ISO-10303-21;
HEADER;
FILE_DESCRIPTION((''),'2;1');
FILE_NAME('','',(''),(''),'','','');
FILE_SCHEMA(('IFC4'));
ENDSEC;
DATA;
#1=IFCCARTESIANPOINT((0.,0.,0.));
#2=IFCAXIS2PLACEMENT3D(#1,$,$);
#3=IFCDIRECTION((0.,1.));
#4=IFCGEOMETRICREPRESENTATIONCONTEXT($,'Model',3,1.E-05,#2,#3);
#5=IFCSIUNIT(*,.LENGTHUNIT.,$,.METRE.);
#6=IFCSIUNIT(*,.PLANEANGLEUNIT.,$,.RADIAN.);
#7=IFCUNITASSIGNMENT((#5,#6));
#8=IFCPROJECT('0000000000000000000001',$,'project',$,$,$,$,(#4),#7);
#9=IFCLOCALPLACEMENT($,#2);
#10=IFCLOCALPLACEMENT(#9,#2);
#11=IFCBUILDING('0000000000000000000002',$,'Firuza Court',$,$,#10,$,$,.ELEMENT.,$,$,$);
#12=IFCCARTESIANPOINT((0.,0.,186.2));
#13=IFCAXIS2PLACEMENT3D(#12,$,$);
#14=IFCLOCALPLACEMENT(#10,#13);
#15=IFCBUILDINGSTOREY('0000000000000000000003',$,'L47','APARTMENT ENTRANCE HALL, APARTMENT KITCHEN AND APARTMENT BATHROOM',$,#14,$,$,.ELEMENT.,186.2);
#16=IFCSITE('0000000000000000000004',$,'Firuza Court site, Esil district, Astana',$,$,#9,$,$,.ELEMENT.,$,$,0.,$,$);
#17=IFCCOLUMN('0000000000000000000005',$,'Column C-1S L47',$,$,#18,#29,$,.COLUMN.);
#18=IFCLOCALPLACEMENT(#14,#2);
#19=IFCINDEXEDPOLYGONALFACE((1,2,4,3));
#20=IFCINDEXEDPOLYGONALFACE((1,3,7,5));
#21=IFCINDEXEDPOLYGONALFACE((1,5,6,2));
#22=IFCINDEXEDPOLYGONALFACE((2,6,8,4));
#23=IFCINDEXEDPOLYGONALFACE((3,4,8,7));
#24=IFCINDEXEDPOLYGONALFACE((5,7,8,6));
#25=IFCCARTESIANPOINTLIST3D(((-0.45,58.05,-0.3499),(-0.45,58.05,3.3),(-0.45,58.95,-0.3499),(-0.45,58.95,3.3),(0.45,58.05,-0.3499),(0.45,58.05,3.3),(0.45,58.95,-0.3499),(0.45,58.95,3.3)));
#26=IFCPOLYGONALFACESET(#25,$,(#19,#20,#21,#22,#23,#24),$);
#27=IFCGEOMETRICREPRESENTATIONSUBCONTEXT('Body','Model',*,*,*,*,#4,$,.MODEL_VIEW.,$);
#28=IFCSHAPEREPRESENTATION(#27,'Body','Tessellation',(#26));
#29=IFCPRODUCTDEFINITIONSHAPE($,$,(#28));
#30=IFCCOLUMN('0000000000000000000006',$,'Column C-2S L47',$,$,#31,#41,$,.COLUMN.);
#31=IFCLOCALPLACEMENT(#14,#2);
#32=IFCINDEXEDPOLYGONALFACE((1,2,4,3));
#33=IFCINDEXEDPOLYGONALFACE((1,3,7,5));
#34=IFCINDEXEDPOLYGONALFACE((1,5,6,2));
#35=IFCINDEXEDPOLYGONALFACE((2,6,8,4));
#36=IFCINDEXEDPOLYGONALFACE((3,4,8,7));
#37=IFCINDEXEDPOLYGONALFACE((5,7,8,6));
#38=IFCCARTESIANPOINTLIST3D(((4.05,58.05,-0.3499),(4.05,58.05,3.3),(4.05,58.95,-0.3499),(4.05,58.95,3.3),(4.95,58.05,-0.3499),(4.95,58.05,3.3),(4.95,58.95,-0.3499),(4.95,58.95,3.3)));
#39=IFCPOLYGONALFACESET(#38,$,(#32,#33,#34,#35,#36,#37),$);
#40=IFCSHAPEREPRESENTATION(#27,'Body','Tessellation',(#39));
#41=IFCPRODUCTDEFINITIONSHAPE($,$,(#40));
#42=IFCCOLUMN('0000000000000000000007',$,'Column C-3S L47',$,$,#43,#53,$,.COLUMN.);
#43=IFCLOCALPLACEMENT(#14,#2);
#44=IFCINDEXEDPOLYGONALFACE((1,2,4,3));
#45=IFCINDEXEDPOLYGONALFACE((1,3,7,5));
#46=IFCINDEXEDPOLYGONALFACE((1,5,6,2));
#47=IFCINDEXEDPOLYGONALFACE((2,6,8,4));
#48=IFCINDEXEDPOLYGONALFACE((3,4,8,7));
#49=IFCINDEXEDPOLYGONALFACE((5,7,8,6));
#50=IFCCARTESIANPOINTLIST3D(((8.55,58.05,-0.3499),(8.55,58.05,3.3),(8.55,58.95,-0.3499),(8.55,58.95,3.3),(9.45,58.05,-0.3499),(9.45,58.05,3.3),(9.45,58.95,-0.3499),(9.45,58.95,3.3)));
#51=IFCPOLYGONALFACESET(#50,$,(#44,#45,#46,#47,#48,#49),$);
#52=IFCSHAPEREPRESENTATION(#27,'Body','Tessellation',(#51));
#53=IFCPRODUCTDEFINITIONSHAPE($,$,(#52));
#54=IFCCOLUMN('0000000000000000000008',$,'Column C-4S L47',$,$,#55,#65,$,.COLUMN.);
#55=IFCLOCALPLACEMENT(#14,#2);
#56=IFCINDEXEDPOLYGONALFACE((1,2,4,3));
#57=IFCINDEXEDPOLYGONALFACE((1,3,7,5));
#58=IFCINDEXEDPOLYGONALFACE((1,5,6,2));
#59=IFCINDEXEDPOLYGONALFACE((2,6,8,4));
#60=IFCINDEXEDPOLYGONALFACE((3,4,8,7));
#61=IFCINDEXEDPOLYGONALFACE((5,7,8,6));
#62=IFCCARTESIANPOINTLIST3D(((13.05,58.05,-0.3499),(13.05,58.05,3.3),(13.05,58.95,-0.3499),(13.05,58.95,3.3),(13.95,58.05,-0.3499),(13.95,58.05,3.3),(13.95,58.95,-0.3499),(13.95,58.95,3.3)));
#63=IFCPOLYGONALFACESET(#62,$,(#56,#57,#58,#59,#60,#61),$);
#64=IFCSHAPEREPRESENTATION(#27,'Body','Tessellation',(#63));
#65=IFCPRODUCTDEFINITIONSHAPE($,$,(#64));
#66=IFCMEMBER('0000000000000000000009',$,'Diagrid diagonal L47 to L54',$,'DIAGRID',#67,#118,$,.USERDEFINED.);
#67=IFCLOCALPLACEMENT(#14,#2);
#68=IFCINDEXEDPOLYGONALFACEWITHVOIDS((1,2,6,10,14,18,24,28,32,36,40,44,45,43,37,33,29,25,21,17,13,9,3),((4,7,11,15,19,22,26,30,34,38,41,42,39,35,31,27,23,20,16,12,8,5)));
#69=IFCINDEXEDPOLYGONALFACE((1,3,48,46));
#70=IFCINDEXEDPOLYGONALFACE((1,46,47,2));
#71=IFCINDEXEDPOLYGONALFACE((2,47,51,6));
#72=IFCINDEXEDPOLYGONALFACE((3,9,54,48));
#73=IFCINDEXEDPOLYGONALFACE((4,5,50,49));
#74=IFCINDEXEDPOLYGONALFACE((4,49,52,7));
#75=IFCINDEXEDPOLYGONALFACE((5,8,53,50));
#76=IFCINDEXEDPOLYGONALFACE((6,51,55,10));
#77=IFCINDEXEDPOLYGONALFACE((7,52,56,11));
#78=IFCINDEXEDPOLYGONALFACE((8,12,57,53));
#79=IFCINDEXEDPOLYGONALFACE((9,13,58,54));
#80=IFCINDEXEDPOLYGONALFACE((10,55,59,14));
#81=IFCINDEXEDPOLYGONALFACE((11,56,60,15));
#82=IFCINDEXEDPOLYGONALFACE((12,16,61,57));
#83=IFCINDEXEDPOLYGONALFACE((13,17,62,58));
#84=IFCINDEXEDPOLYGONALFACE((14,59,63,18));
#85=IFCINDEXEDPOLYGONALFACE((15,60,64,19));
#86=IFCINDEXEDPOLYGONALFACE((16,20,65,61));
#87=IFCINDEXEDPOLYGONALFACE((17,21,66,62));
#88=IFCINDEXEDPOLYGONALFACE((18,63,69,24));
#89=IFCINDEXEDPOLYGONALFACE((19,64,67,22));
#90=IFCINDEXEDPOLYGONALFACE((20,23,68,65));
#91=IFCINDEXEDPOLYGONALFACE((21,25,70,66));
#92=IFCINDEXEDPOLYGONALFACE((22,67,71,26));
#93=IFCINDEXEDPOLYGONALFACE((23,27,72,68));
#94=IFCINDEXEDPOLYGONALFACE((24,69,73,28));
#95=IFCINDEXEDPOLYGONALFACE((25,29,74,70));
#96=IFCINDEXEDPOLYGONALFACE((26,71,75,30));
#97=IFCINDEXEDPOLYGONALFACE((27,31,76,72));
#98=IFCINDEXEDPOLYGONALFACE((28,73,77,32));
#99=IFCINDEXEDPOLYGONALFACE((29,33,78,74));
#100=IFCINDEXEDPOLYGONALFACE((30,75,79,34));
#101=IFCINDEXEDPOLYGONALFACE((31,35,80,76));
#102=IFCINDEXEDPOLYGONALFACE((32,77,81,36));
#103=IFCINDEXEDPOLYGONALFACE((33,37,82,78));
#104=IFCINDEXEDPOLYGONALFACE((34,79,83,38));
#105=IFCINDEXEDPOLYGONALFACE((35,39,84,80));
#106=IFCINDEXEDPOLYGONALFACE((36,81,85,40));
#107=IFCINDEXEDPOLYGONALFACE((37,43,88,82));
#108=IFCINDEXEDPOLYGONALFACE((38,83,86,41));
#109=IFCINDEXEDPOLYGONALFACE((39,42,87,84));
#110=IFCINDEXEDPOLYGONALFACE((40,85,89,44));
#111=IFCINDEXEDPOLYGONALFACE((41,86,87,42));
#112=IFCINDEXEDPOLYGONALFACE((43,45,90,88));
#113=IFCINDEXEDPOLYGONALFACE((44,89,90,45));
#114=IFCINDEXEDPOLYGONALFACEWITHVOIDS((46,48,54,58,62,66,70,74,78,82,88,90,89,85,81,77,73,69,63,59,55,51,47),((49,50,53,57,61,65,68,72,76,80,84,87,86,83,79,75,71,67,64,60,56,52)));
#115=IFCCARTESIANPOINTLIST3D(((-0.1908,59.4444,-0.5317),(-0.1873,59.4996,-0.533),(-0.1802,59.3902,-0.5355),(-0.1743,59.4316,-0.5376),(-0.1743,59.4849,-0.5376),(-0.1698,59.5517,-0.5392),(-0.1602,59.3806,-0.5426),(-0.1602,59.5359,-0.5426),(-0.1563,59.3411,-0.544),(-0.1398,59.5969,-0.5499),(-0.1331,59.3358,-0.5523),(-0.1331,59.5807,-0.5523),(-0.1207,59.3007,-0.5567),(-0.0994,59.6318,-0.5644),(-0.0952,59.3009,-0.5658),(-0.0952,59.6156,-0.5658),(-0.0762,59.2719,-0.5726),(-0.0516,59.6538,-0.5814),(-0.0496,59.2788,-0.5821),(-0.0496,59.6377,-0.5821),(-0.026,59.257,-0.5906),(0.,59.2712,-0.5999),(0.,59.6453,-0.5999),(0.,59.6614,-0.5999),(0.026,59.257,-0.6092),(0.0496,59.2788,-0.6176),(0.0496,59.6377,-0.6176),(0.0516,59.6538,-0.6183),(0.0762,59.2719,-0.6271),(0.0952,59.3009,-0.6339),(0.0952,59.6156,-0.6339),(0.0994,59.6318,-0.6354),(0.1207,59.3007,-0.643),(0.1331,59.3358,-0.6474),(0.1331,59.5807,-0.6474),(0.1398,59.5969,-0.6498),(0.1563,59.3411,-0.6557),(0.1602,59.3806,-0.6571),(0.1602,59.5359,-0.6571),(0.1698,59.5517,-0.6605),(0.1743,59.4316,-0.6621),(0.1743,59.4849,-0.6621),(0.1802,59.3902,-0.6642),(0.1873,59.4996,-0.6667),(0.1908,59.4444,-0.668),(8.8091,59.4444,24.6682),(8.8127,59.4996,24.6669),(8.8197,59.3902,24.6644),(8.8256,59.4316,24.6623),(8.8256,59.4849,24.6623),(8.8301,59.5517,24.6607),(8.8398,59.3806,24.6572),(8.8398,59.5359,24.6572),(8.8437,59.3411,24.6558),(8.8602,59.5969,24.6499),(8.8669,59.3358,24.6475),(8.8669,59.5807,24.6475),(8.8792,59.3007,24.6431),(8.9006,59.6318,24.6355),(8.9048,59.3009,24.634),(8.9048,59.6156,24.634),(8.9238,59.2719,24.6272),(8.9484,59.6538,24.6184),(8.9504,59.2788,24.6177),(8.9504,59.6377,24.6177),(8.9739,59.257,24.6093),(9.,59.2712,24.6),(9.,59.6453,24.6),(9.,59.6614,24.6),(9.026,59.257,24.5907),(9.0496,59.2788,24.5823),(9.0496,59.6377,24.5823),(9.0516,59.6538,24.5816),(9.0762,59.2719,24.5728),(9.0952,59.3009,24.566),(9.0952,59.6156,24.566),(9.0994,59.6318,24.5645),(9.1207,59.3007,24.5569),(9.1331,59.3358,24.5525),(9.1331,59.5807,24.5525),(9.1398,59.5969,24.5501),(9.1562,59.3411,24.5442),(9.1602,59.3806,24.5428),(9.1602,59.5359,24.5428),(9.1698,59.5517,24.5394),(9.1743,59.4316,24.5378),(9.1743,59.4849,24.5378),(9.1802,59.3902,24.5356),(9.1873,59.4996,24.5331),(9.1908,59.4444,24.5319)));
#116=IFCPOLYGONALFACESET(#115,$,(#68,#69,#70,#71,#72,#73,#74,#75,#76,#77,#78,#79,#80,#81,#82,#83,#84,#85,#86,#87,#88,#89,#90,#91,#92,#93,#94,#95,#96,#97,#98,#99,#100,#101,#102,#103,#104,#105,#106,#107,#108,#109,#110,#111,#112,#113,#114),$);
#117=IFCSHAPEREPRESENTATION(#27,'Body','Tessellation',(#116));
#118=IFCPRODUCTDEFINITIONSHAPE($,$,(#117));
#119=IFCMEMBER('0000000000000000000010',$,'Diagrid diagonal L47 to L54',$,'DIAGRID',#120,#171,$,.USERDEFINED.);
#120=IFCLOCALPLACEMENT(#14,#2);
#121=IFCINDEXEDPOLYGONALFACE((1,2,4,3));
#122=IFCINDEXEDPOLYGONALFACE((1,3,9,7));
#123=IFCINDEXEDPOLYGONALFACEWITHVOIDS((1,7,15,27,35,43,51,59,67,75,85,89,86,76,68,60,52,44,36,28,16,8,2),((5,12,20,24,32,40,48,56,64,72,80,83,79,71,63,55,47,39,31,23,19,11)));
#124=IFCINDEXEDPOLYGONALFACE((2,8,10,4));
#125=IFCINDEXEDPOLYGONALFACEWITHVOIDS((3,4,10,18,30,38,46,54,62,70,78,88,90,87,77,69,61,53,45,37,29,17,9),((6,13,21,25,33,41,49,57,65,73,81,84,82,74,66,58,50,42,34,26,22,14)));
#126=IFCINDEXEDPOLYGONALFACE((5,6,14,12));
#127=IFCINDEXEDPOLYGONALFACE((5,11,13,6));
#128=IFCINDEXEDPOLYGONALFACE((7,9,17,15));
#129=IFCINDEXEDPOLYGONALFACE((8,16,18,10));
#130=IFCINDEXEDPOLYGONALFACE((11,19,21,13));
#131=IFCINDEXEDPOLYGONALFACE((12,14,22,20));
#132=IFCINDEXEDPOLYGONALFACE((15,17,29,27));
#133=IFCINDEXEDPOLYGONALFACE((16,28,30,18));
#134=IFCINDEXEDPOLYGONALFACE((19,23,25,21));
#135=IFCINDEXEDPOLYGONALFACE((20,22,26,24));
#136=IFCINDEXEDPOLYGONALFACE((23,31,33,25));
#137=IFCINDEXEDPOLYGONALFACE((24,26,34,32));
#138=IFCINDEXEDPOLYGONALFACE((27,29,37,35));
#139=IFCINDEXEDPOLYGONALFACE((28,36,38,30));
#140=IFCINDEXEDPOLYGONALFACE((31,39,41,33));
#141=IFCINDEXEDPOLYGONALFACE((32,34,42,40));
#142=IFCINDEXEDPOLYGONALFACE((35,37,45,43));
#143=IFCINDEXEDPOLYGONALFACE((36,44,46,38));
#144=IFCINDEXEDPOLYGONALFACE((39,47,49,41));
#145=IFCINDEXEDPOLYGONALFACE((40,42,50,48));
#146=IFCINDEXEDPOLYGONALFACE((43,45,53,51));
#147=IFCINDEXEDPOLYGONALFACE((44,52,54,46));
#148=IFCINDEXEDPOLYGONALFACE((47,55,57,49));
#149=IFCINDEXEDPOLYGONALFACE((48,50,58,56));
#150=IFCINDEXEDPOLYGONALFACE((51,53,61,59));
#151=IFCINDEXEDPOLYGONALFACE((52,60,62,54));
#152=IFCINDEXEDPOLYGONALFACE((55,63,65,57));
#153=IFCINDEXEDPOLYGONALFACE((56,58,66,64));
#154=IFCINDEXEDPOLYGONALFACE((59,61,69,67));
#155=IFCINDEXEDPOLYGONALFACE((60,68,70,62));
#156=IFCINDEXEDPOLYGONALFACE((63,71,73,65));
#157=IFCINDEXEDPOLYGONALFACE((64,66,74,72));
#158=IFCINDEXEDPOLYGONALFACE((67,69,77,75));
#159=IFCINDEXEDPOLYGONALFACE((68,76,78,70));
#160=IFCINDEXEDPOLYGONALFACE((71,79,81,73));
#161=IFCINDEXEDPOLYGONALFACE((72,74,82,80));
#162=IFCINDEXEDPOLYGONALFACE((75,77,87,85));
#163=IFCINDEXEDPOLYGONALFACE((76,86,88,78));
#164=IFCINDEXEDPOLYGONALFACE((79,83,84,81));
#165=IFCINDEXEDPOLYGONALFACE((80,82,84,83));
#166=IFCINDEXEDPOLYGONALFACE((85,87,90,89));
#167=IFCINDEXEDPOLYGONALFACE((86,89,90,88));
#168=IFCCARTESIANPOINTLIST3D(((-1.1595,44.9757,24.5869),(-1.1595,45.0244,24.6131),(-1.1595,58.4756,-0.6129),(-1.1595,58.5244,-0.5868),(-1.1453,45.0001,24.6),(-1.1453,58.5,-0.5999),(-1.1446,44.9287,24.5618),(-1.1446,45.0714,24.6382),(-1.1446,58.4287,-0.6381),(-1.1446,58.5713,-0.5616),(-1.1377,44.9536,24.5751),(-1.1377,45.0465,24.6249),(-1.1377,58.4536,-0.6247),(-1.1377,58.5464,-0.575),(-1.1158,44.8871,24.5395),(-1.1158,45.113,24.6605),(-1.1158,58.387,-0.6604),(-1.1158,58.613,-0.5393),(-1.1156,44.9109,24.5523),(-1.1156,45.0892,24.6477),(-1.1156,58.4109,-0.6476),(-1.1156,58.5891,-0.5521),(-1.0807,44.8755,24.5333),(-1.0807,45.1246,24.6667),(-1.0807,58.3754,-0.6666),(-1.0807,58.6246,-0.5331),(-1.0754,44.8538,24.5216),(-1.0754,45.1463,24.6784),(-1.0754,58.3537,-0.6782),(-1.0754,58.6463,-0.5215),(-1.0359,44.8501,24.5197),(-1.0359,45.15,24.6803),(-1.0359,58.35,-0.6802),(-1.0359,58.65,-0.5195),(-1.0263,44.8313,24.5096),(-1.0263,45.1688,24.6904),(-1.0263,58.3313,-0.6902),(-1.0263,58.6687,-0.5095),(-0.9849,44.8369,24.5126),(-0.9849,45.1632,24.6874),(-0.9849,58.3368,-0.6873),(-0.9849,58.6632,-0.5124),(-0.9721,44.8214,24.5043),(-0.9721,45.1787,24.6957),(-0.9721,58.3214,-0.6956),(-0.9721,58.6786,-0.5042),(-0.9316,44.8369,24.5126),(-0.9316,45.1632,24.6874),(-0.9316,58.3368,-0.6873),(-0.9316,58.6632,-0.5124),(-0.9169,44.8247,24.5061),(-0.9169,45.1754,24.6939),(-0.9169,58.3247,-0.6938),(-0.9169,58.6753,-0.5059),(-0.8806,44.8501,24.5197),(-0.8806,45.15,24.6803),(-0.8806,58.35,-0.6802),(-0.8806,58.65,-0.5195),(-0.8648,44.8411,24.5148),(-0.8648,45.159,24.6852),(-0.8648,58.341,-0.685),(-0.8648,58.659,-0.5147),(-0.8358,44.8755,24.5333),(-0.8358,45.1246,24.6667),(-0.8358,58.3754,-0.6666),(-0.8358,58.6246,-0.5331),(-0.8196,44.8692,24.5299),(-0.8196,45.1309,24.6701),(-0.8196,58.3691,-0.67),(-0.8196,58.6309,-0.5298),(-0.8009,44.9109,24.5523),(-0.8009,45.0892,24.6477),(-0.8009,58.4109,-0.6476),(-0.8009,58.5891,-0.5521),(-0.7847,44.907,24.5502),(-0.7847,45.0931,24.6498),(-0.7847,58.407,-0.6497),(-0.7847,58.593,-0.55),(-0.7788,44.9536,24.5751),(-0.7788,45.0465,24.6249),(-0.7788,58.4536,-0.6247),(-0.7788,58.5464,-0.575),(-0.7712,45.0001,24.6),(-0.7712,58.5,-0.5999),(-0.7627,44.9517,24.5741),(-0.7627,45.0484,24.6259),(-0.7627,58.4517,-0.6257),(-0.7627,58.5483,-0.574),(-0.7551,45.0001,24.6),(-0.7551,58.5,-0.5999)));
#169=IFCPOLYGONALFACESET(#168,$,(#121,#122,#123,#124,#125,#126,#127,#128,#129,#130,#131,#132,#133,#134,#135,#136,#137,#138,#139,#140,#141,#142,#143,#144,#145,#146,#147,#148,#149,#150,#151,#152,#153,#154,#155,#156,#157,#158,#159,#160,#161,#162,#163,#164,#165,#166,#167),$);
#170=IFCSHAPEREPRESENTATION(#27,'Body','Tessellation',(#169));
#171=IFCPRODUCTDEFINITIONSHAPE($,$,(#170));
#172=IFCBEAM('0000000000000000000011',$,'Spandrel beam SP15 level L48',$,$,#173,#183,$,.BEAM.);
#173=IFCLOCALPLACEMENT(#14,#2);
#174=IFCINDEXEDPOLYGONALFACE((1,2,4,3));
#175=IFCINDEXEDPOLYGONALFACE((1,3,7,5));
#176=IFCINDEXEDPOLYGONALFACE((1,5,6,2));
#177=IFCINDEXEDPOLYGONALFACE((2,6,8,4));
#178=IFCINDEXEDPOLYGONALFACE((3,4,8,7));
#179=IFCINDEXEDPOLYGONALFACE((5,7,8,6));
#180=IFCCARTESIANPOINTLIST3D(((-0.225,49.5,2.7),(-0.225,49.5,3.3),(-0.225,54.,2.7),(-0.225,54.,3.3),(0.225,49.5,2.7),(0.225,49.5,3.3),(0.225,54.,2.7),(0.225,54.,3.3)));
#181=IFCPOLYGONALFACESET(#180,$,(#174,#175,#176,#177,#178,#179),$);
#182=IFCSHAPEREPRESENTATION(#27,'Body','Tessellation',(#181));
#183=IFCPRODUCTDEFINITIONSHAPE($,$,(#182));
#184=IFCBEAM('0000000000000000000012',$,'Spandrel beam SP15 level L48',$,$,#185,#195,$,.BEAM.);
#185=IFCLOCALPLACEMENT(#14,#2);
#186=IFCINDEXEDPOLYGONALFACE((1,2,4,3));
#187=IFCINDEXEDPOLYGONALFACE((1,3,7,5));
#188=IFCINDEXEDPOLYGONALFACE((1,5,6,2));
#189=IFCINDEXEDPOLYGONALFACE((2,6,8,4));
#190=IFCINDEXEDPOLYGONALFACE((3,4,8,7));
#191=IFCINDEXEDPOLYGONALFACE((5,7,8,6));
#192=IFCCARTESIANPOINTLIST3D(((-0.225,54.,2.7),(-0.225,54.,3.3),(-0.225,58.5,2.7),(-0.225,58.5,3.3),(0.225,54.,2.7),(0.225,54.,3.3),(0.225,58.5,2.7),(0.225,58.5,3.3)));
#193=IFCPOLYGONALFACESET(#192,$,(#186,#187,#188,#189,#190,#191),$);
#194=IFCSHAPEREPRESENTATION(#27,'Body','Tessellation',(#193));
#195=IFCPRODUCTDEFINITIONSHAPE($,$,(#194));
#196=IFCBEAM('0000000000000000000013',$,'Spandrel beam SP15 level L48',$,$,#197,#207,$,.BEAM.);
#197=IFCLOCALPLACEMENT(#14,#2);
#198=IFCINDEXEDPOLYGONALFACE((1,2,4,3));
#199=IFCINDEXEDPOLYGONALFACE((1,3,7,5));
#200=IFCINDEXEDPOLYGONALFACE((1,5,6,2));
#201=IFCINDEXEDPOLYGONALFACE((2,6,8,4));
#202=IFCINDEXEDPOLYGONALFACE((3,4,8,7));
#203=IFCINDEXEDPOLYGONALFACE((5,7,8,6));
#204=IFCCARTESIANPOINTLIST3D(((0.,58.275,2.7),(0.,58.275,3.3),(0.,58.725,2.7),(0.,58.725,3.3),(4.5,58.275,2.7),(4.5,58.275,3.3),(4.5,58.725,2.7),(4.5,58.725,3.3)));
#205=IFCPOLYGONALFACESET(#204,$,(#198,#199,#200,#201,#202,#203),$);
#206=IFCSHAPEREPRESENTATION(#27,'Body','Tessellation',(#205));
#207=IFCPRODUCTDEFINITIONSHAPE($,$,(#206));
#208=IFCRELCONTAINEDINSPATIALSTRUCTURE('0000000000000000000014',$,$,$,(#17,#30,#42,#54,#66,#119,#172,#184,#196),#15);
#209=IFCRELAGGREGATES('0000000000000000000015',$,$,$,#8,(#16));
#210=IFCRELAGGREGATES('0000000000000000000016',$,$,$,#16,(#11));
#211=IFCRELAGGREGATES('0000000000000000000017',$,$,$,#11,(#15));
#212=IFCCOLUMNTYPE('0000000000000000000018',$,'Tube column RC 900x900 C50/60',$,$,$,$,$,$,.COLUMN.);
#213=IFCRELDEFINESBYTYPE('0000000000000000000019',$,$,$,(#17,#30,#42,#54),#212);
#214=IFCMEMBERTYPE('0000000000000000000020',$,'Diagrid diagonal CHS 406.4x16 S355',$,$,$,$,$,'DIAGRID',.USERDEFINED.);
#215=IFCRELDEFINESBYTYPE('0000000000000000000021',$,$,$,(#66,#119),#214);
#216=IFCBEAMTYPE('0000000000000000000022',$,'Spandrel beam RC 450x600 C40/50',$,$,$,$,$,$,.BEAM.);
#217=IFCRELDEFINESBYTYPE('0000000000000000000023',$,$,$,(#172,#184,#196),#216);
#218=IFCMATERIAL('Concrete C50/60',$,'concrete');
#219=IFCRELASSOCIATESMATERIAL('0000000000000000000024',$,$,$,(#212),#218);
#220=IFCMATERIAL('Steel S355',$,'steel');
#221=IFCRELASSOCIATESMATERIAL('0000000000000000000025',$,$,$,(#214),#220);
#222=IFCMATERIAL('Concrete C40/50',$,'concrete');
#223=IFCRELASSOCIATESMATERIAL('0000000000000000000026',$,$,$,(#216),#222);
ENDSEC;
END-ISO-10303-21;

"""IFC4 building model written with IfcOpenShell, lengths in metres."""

from ifc_helpers import new_model, si_unit, direction, frame, origin, origin_2d, place, context, subcontext, project, spatial, rectangle, hollow_circle, extrude, material, material_profile, profile_set, type_object, element, save


model = new_model("IFC4")

# Units and contexts
model_context = context("Model", 3, precision=1e-05, world=origin(), true_north=direction((0.0, 1.0)))
body_context = subcontext(model_context, "Body", "Model", "MODEL_VIEW")
ifc_project = project(units=[si_unit("LENGTHUNIT", "METRE"), si_unit("PLANEANGLEUNIT", "RADIAN")], contexts=[model_context])

# Site, building, storey
site_placement = place(None, origin())
site = spatial("IfcSite", under=ifc_project, at=site_placement, Name="Firuza Court site, Esil district, Astana", CompositionType="ELEMENT", RefElevation=0.0)
building_placement = place(site_placement, origin())
building = spatial("IfcBuilding", under=site, at=building_placement, Name="Firuza Court", CompositionType="ELEMENT")
storey_placement = place(building_placement, frame((0.0, 0.0, 186.2)))
storey = spatial("IfcBuildingStorey", under=building, at=storey_placement, Name="L47", Description="APARTMENT ENTRANCE HALL, APARTMENT KITCHEN AND APARTMENT BATHROOM", CompositionType="ELEMENT", Elevation=186.2)

# Columns
ifc_material_1 = material(Name="Concrete C50/60", Category="concrete")
ifc_material_profile_1 = material_profile(ifc_material_1, rectangle(XDim=0.8999, YDim=0.8999, at=origin_2d()), Name="RC 900x900")
ifc_profile_set_1 = profile_set([ifc_material_profile_1], Name="Concrete C50/60")
column_type = type_object("IfcColumnType", Name="Tube column RC 900x900 C50/60", PredefinedType="COLUMN", material=ifc_profile_set_1)
for number, where, z_axis, x_axis, name in (
    (1, (0.0, 58.5, -0.3499), (0.0, 0.0, 1.0), (1.0, 0.0, 0.0), "Column C-1S L47"),
    (2, (4.5, 58.5, -0.3499), (0.0, 0.0, 1.0), (1.0, 0.0, 0.0), "Column C-2S L47"),
    (3, (9.0, 58.5, -0.3499), (0.0, 0.0, 1.0), (1.0, 0.0, 0.0), "Column C-3S L47"),
    (4, (13.5, 58.5, -0.3499), (0.0, 0.0, 1.0), (1.0, 0.0, 0.0), "Column C-4S L47"),
):
    element("IfcColumn", number, at=place(storey_placement, frame(where, z_axis=z_axis, x_axis=x_axis)), inside=storey, type_object=column_type, Name=name, PredefinedType="COLUMN", context=body_context, shape_type="SweptSolid", body=[
        extrude(rectangle(XDim=0.8999, YDim=0.8999, at=origin_2d()), origin(), (0.0, 0.0, 1.0), 3.6499),
    ])

# Members
ifc_material_2 = material(Name="Steel S355", Category="steel")
ifc_material_profile_2 = material_profile(ifc_material_2, hollow_circle(Radius=0.2031, WallThickness=0.0161, at=origin_2d()), Name="CHS 406.4x16")
ifc_profile_set_2 = profile_set([ifc_material_profile_2], Name="Steel S355")
member_type = type_object("IfcMemberType", Name="Diagrid diagonal CHS 406.4x16 S355", ElementType="DIAGRID", PredefinedType="USERDEFINED", material=ifc_profile_set_2)
member_1_placement = place(storey_placement, frame((0.0, 59.4583, -0.5999), z_axis=(0.336337, 0.0, 0.941742), x_axis=(0.0, 1.0, 0.0)))
element("IfcMember", 5, at=member_1_placement, inside=storey, type_object=member_type, Name="Diagrid diagonal L47 to L54", ObjectType="DIAGRID", PredefinedType="USERDEFINED", context=body_context, shape_type="SweptSolid", body=[
    extrude(hollow_circle(Radius=0.2031, WallThickness=0.0161, at=origin_2d()), origin(), (0.0, 0.0, 1.0), 26.7588),
])
member_2_placement = place(storey_placement, frame((-0.9583, 58.5, -0.5999), z_axis=(0.0, -0.472222, 0.88148), x_axis=(1.0, 0.0, 0.0)))
element("IfcMember", 6, at=member_2_placement, inside=storey, type_object=member_type, Name="Diagrid diagonal L47 to L54", ObjectType="DIAGRID", PredefinedType="USERDEFINED", context=body_context, shape_type="SweptSolid", body=[
    extrude(hollow_circle(Radius=0.2031, WallThickness=0.0161, at=origin_2d()), origin(), (0.0, 0.0, 1.0), 28.5881),
])

# Beams
ifc_material_3 = material(Name="Concrete C40/50", Category="concrete")
ifc_material_profile_3 = material_profile(ifc_material_3, rectangle(XDim=0.45, YDim=0.6001, at=origin_2d()), Name="RC 450x600")
ifc_profile_set_3 = profile_set([ifc_material_profile_3], Name="Concrete C40/50")
beam_type = type_object("IfcBeamType", Name="Spandrel beam RC 450x600 C40/50", PredefinedType="BEAM", material=ifc_profile_set_3)
for number, where, z_axis, x_axis, name in (
    (7, (0.0, 54.0, 3.0), (0.0, -1.0, 0.0), (1.0, 0.0, 0.0), "Spandrel beam SP15 level L48"),
    (8, (0.0, 58.5, 3.0), (0.0, -1.0, 0.0), (1.0, 0.0, 0.0), "Spandrel beam SP15 level L48"),
    (9, (4.5, 58.5, 3.0), (-1.0, 0.0, 0.0), (0.0, -1.0, 0.0), "Spandrel beam SP15 level L48"),
):
    element("IfcBeam", number, at=place(storey_placement, frame(where, z_axis=z_axis, x_axis=x_axis)), inside=storey, type_object=beam_type, Name=name, PredefinedType="BEAM", context=body_context, shape_type="SweptSolid", body=[
        extrude(rectangle(XDim=0.45, YDim=0.6001, at=origin_2d()), origin(), (0.0, 0.0, 1.0), 4.5),
    ])

save(model, "model.ifc")
